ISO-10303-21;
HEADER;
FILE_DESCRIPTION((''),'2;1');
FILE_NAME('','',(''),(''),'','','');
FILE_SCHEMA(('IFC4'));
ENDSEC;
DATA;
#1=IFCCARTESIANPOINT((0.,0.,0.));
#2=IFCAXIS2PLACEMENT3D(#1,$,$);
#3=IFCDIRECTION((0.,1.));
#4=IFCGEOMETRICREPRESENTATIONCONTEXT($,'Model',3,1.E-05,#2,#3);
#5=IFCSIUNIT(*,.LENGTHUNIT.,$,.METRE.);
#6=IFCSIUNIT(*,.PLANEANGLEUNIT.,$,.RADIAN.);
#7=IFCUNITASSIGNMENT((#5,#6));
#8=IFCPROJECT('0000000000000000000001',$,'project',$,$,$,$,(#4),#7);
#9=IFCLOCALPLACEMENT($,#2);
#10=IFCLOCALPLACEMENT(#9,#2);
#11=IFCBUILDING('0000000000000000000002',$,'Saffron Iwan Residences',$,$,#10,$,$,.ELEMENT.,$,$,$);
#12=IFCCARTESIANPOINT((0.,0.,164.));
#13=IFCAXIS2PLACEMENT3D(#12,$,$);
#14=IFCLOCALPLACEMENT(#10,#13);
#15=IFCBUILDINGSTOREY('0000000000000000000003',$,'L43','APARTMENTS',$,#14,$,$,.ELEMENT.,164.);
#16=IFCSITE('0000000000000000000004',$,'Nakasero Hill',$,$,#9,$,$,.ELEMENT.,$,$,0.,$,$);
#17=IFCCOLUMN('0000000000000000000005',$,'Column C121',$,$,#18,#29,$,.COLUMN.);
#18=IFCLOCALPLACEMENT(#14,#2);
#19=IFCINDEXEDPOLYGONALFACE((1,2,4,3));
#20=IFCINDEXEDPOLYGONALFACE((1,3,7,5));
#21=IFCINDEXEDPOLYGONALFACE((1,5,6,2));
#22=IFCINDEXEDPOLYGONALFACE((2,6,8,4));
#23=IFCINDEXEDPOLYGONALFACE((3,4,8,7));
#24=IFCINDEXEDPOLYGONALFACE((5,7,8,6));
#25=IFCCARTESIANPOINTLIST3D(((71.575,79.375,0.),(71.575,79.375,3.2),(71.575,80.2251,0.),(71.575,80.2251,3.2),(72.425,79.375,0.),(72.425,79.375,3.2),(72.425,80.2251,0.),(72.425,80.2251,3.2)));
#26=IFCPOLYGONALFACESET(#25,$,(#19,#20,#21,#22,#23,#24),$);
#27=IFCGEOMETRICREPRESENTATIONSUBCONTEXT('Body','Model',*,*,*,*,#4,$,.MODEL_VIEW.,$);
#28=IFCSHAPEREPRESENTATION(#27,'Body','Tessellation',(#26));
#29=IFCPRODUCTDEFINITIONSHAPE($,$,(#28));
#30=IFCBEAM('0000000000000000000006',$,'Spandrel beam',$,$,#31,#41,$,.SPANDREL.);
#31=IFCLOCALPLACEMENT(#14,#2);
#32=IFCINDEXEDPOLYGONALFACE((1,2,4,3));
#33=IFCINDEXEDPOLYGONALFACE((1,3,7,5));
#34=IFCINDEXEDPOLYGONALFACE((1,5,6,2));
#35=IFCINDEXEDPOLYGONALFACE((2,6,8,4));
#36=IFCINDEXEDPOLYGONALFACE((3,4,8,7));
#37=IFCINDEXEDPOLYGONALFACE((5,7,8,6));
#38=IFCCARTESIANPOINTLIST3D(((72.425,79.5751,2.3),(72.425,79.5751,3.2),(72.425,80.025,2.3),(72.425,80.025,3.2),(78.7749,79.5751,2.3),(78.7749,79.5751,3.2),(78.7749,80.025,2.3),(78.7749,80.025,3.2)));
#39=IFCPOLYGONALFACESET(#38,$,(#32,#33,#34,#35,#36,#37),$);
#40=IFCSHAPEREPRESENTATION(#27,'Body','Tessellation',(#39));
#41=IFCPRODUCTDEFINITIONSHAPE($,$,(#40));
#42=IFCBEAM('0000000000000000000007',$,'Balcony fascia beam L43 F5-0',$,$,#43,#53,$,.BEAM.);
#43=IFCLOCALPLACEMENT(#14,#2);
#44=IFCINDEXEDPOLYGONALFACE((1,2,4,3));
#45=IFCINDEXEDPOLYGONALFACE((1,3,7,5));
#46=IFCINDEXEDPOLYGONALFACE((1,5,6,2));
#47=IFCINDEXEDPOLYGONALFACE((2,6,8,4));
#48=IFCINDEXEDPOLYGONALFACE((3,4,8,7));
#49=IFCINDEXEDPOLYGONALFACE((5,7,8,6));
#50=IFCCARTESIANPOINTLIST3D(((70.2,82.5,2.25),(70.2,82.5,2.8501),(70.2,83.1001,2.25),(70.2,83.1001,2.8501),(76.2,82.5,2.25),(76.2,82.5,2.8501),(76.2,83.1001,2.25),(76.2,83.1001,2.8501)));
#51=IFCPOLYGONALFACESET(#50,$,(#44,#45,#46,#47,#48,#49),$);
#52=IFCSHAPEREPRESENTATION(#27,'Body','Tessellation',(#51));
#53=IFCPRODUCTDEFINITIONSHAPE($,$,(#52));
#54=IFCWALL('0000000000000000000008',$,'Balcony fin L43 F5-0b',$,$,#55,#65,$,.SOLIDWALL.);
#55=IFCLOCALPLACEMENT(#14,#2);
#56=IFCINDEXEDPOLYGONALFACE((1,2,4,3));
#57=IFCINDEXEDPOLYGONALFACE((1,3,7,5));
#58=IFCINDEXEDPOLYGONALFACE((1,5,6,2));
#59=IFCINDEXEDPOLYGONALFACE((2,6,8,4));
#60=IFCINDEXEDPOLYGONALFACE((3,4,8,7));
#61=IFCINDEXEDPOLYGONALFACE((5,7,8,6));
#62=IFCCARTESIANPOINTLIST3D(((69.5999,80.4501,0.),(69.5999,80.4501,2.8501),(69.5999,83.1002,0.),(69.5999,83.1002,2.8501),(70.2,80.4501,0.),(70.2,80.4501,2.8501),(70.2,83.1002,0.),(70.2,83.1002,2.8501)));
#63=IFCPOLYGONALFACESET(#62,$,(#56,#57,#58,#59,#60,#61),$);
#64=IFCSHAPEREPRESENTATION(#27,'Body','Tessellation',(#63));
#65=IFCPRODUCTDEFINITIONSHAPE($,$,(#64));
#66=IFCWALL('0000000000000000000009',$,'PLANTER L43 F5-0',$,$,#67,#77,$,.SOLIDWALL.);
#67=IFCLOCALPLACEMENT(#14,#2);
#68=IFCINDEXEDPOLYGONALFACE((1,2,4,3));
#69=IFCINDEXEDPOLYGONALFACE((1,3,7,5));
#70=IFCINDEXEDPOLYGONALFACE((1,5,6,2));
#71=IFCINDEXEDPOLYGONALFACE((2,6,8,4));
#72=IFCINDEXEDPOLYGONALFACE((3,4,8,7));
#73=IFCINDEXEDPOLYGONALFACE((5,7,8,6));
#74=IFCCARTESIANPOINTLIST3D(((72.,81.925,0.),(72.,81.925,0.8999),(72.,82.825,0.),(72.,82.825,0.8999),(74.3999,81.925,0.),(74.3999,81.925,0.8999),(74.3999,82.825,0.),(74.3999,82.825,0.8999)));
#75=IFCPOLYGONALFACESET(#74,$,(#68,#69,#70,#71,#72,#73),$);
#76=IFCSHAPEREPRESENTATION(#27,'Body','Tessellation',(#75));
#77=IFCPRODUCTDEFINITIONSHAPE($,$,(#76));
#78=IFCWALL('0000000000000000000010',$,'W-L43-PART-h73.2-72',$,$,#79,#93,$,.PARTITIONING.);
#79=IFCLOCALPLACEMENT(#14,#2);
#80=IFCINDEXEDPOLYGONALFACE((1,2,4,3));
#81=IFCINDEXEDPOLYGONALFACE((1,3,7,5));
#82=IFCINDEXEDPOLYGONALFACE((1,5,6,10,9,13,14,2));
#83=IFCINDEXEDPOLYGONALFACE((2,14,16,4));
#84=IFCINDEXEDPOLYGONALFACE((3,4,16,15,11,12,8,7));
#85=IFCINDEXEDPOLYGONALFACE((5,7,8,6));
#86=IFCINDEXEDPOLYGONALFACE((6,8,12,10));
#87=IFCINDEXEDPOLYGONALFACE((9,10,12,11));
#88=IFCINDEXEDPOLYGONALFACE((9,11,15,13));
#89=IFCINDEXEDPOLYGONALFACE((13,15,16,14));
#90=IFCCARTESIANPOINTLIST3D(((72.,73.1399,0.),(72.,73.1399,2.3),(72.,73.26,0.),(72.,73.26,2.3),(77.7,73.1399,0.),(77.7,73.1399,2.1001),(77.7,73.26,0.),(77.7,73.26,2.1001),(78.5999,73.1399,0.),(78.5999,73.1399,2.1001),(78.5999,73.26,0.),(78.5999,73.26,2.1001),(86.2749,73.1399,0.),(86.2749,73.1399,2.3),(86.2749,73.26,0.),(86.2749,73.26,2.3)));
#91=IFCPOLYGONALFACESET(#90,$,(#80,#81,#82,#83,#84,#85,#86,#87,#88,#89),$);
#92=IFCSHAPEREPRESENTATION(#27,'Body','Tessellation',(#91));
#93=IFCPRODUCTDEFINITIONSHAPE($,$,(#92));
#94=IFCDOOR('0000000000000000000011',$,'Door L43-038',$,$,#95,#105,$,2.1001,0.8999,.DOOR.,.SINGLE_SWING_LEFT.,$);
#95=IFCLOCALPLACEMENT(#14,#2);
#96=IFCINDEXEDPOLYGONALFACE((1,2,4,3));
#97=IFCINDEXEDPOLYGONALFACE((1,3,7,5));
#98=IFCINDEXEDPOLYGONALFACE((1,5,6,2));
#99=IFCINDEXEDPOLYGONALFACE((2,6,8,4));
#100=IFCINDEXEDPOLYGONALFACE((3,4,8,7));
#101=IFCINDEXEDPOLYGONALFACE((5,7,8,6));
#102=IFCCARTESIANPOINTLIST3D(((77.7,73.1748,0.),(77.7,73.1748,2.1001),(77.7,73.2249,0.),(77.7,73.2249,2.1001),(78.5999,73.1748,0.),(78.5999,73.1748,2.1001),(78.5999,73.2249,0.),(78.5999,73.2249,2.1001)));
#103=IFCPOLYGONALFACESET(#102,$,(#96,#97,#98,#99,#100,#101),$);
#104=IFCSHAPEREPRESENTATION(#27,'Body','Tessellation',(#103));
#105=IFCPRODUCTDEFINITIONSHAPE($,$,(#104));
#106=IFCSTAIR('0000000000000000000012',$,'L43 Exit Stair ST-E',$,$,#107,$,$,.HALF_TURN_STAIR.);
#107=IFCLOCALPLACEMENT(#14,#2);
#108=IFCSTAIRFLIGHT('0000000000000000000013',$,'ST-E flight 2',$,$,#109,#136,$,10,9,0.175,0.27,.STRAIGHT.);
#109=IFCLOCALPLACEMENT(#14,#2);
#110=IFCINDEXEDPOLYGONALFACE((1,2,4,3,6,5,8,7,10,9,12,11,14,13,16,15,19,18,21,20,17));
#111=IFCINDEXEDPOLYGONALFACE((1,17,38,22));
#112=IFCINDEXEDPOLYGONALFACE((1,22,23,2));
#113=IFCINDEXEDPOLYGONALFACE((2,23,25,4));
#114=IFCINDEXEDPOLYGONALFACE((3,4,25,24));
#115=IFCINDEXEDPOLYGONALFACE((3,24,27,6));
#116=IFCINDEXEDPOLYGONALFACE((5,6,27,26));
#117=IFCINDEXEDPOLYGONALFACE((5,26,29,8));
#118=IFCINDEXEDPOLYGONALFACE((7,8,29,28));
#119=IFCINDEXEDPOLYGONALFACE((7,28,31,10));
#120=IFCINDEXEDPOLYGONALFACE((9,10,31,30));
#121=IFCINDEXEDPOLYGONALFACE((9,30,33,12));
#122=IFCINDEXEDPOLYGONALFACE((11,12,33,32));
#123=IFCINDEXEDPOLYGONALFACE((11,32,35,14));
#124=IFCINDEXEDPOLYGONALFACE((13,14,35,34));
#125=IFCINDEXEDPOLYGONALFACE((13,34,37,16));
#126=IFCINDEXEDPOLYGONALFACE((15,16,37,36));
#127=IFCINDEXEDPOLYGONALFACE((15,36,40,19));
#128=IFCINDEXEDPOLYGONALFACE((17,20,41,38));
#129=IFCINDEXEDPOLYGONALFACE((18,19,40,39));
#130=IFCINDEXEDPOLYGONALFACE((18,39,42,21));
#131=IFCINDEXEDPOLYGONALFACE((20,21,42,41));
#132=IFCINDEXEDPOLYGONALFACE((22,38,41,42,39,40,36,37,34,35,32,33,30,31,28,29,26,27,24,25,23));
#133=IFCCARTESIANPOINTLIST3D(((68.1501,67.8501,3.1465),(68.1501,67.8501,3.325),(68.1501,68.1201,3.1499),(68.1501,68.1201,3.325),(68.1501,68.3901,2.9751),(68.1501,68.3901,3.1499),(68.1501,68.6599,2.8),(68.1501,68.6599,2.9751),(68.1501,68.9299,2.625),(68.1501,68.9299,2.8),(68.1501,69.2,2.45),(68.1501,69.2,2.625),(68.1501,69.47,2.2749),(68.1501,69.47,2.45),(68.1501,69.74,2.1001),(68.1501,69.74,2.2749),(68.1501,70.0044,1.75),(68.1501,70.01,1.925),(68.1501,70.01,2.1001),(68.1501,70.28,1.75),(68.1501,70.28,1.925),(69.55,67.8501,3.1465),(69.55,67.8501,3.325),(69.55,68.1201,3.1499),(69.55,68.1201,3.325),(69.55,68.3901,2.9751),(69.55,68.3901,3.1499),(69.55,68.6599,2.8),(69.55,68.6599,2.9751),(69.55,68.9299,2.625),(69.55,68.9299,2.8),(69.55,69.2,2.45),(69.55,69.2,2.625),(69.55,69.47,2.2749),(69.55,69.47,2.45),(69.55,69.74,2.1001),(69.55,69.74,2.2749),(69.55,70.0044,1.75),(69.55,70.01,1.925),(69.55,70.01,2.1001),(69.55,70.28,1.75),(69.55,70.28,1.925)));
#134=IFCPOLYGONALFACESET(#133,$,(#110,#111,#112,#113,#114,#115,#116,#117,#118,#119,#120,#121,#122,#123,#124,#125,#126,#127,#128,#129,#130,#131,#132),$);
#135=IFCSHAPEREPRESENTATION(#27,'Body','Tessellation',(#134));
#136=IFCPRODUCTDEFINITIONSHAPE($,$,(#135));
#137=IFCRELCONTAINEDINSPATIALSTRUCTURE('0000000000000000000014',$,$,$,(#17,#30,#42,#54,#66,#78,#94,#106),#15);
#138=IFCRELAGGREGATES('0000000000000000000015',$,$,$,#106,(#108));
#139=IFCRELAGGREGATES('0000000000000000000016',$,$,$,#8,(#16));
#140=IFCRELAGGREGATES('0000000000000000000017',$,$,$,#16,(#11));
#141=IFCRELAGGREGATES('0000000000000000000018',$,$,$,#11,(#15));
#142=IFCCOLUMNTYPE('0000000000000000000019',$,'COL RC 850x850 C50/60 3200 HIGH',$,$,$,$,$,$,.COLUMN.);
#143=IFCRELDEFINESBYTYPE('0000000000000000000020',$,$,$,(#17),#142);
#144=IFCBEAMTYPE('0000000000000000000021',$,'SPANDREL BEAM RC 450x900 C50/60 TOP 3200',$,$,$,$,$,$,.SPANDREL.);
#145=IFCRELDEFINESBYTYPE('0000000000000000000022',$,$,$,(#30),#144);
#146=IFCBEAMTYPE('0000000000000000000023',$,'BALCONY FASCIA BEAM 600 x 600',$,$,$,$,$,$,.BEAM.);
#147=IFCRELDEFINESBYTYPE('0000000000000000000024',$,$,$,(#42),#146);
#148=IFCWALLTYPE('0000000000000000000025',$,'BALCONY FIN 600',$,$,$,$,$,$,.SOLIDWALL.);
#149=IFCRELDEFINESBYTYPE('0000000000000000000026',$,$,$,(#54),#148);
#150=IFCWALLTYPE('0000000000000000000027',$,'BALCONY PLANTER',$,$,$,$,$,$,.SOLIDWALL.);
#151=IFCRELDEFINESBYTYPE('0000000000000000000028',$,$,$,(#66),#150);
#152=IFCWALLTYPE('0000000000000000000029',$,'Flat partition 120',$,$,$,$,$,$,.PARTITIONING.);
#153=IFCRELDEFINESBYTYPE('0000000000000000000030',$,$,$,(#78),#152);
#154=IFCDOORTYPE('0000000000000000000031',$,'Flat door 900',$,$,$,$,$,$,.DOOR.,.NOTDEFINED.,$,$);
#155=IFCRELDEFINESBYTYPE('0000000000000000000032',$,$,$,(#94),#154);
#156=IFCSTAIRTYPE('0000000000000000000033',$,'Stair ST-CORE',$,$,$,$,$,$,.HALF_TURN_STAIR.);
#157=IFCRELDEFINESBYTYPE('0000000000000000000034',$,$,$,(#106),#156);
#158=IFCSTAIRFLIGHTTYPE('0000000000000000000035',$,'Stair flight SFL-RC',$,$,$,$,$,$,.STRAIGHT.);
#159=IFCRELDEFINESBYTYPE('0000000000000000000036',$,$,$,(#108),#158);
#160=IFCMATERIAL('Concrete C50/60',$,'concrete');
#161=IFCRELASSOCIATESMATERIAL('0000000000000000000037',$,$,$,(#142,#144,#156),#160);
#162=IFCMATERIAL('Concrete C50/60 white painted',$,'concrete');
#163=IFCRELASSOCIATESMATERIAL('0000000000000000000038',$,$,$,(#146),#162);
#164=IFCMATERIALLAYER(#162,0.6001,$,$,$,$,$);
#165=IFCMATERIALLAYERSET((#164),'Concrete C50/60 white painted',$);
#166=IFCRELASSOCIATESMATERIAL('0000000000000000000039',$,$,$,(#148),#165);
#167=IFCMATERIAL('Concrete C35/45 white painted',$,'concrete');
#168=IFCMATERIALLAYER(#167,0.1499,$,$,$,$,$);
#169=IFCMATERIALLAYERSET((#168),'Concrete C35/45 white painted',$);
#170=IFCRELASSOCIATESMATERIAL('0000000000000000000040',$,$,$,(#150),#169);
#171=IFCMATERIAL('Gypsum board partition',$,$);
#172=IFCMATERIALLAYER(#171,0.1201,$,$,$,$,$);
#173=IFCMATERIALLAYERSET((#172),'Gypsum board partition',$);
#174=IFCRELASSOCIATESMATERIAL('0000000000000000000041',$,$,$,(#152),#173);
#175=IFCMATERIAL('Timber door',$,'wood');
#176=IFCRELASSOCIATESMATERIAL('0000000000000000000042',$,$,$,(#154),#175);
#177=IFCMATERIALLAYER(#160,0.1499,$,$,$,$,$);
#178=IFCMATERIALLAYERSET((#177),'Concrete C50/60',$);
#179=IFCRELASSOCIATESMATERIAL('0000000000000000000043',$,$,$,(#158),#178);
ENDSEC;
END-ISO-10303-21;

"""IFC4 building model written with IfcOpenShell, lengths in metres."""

from ifc_helpers import new_model, si_unit, direction, frame, frame_2d, origin, origin_2d, place, context, subcontext, project, spatial, polyline, rectangle, outline, extrude, source, transform, mapped, material, layer, layer_set, material_profile, profile_set, type_object, element, fill, aggregate, save


model = new_model("IFC4")

# Units and contexts
model_context = context("Model", 3, precision=1e-05, world=origin(), true_north=direction((0.0, 1.0)))
body_context = subcontext(model_context, "Body", "Model", "MODEL_VIEW")
ifc_project = project(units=[si_unit("LENGTHUNIT", "METRE"), si_unit("PLANEANGLEUNIT", "RADIAN")], contexts=[model_context])

# Site, building, storey
site_placement = place(None, origin())
site = spatial("IfcSite", under=ifc_project, at=site_placement, Name="Nakasero Hill", CompositionType="ELEMENT", RefElevation=0.0)
building_placement = place(site_placement, origin())
building = spatial("IfcBuilding", under=site, at=building_placement, Name="Saffron Iwan Residences", CompositionType="ELEMENT")
storey_placement = place(building_placement, frame((0.0, 0.0, 164.0)))
storey = spatial("IfcBuildingStorey", under=building, at=storey_placement, Name="L43", Description="APARTMENTS", CompositionType="ELEMENT", Elevation=164.0)

# Column
ifc_material_1 = material(Name="Concrete C50/60", Category="concrete")
ifc_material_profile_1 = material_profile(ifc_material_1, rectangle(XDim=0.8501, YDim=0.8501, at=origin_2d()), Name="RC 850x850")
ifc_profile_set_1 = profile_set([ifc_material_profile_1], Name="Concrete C50/60")
column_type = type_object("IfcColumnType", Name="COL RC 850x850 C50/60 3200 HIGH", PredefinedType="COLUMN", material=ifc_profile_set_1)
shared_shape_1 = source(origin(), body_context, "Body", "SweptSolid", [
    extrude(rectangle(XDim=0.8501, YDim=0.8501, at=origin_2d()), origin(), (0.0, 0.0, 1.0), 3.2),
])
column_placement = place(storey_placement, frame((72.0, 79.8, 0.0), z_axis=(0.0, 0.0, 1.0), x_axis=(1.0, 0.0, 0.0)))
element("IfcColumn", 1, at=column_placement, inside=storey, type_object=column_type, Name="Column C121", PredefinedType="COLUMN", context=body_context, shape_type="MappedRepresentation", body=[
    mapped(shared_shape_1, transform((0.0, 0.0, 0.0))),
])

# Beams
ifc_material_profile_2 = material_profile(ifc_material_1, rectangle(XDim=0.45, YDim=0.8999, at=origin_2d()), Name="RC 450x900")
ifc_profile_set_2 = profile_set([ifc_material_profile_2], Name="Concrete C50/60")
beam_type_1 = type_object("IfcBeamType", Name="SPANDREL BEAM RC 450x900 C50/60 TOP 3200", PredefinedType="SPANDREL", material=ifc_profile_set_2)
shared_shape_2 = source(origin(), body_context, "Body", "SweptSolid", [
    extrude(rectangle(XDim=0.45, YDim=0.8999, at=origin_2d()), origin(), (0.0, 0.0, 1.0), 6.3499),
])
beam_1_placement = place(storey_placement, frame((72.425, 79.8, 2.75), z_axis=(1.0, 0.0, 0.0), x_axis=(0.0, 1.0, 0.0)))
element("IfcBeam", 2, at=beam_1_placement, inside=storey, type_object=beam_type_1, Name="Spandrel beam", PredefinedType="SPANDREL", context=body_context, shape_type="MappedRepresentation", body=[
    mapped(shared_shape_2, transform((0.0, 0.0, 0.0))),
])
ifc_material_2 = material(Name="Concrete C50/60 white painted", Category="concrete")
ifc_material_profile_3 = material_profile(ifc_material_2, rectangle(XDim=0.6001, YDim=0.6001, at=origin_2d()), Name="BALCONY FASCIA BEAM 600 x 600")
ifc_profile_set_3 = profile_set([ifc_material_profile_3], Name="Concrete C50/60 white painted")
beam_type_2 = type_object("IfcBeamType", Name="BALCONY FASCIA BEAM 600 x 600", PredefinedType="BEAM", material=ifc_profile_set_3)
shared_shape_3 = source(origin(), body_context, "Body", "SweptSolid", [
    extrude(rectangle(XDim=0.6001, YDim=0.6001, at=origin_2d()), origin(), (0.0, 0.0, 1.0), 6.0),
])
beam_2_placement = place(storey_placement, frame((76.2, 82.8, 2.55), z_axis=(-1.0, 0.0, 0.0), x_axis=(0.0, -1.0, 0.0)))
element("IfcBeam", 3, at=beam_2_placement, inside=storey, type_object=beam_type_2, Name="Balcony fascia beam L43 F5-0", PredefinedType="BEAM", context=body_context, shape_type="MappedRepresentation", body=[
    mapped(shared_shape_3, transform((0.0, 0.0, 0.0))),
])

# Walls
ifc_layer_1 = layer(ifc_material_2, 0.6001)
ifc_layer_set_1 = layer_set([ifc_layer_1], Name="Concrete C50/60 white painted")
wall_type_1 = type_object("IfcWallType", Name="BALCONY FIN 600", PredefinedType="SOLIDWALL", material=ifc_layer_set_1)
wall_1_placement = place(storey_placement, frame((69.8999, 80.45, 0.0), z_axis=(0.0, 0.0, 1.0), x_axis=(0.0, 1.0, 0.0)))
element("IfcWall", 4, at=wall_1_placement, inside=storey, type_object=wall_type_1, Name="Balcony fin L43 F5-0b", PredefinedType="SOLIDWALL", context=body_context, shape_type="SweptSolid", body=[
    extrude(rectangle(XDim=2.6501, YDim=0.6001, at=frame_2d((1.3252, 0.0))), origin(), (0.0, 0.0, 1.0), 2.8501),
])
ifc_material_3 = material(Name="Concrete C35/45 white painted", Category="concrete")
ifc_layer_2 = layer(ifc_material_3, 0.1499)
ifc_layer_set_2 = layer_set([ifc_layer_2], Name="Concrete C35/45 white painted")
wall_type_2 = type_object("IfcWallType", Name="BALCONY PLANTER", PredefinedType="SOLIDWALL", material=ifc_layer_set_2)
wall_2_placement = place(storey_placement, frame((74.3999, 82.375, 0.0), z_axis=(0.0, 0.0, 1.0), x_axis=(-1.0, 0.0, 0.0)))
element("IfcWall", 5, at=wall_2_placement, inside=storey, type_object=wall_type_2, Name="PLANTER L43 F5-0", PredefinedType="SOLIDWALL", context=body_context, shape_type="SweptSolid", body=[
    extrude(rectangle(XDim=2.3999, YDim=0.8999, at=frame_2d((1.2, 0.0))), origin(), (0.0, 0.0, 1.0), 0.8999),
])

# Wall, opening, door
ifc_material_4 = material(Name="Gypsum board partition")
ifc_layer_3 = layer(ifc_material_4, 0.1201)
ifc_layer_set_3 = layer_set([ifc_layer_3], Name="Gypsum board partition")
wall_type_3 = type_object("IfcWallType", Name="Flat partition 120", PredefinedType="PARTITIONING", material=ifc_layer_set_3)
wall_3_placement = place(storey_placement, frame((72.0, 73.2, 0.0), z_axis=(0.0, 0.0, 1.0), x_axis=(1.0, 0.0, 0.0)))
wall_3 = element("IfcWall", 6, at=wall_3_placement, inside=storey, type_object=wall_type_3, Name="W-L43-PART-h73.2-72", PredefinedType="PARTITIONING", context=body_context, shape_type="SweptSolid", body=[
    extrude(rectangle(XDim=14.2749, YDim=0.1201, at=frame_2d((7.1375, 0.0))), origin(), (0.0, 0.0, 1.0), 2.3),
])
opening_placement = place(wall_3_placement, frame((5.7, 0.0, 0.0)))
opening = element("IfcOpeningElement", 7, at=opening_placement, cuts=wall_3, PredefinedType="OPENING", context=body_context, shape_type="SweptSolid", body=[
    extrude(rectangle(XDim=0.8999, YDim=2.1001, at=frame_2d((0.45, 1.05))), frame((0.0, 0.0701, 0.0), z_axis=(0.0, -1.0, 0.0), x_axis=(1.0, 0.0, 0.0)), (0.0, 0.0, 1.0), 0.1401),
])
ifc_material_5 = material(Name="Timber door", Category="wood")
door_type = type_object("IfcDoorType", Name="Flat door 900", OperationType="NOTDEFINED", PredefinedType="DOOR", material=ifc_material_5)
door_placement = place(opening_placement, origin())
door = element("IfcDoor", 8, at=door_placement, inside=storey, type_object=door_type, Name="Door L43-038", OperationType="SINGLE_SWING_LEFT", OverallHeight=2.1001, OverallWidth=0.8999, PredefinedType="DOOR", context=body_context, shape_type="SweptSolid", body=[
    extrude(rectangle(XDim=0.8999, YDim=2.1001, at=frame_2d((0.45, 1.05))), frame((0.0, 0.0249, 0.0), z_axis=(0.0, -1.0, 0.0), x_axis=(1.0, 0.0, 0.0)), (0.0, 0.0, 1.0), 0.05),
])
fill(opening, door)

# Stair, stair flight
stair_type = type_object("IfcStairType", Name="Stair ST-CORE", PredefinedType="HALF_TURN_STAIR", material=ifc_material_1)
stair_placement = place(storey_placement, origin())
stair = element("IfcStair", 9, at=stair_placement, inside=storey, type_object=stair_type, Name="L43 Exit Stair ST-E", PredefinedType="HALF_TURN_STAIR")
ifc_layer_4 = layer(ifc_material_1, 0.1499)
ifc_layer_set_4 = layer_set([ifc_layer_4], Name="Concrete C50/60")
stair_flight_type = type_object("IfcStairFlightType", Name="Stair flight SFL-RC", PredefinedType="STRAIGHT", material=ifc_layer_set_4)
stair_flight_placement = place(storey_placement, frame((68.8501, 70.28, 1.75), z_axis=(0.0, 0.0, 1.0), x_axis=(0.0, -1.0, 0.0)))
stair_flight = element("IfcStairFlight", 10, at=stair_flight_placement, type_object=stair_flight_type, Name="ST-E flight 2", NumberOfRisers=10, NumberOfTreads=9, PredefinedType="STRAIGHT", RiserHeight=0.175, TreadLength=0.27, context=body_context, shape_type="SweptSolid", body=[
    extrude(outline(polyline([(0.0, 0.0), (0.0, 0.175), (0.27, 0.175), (0.27, 0.3501), (0.54, 0.3501), (0.54, 0.5249), (0.8101, 0.5249), (0.8101, 0.7), (1.0801, 0.7), (1.0801, 0.875), (1.3501, 0.875), (1.3501, 1.05), (1.6201, 1.05), (1.6201, 1.2251), (1.8899, 1.2251), (1.8899, 1.3999), (2.1599, 1.3999), (2.1599, 1.575), (2.4299, 1.575), (2.4299, 1.75), (2.4299, 1.3965), (0.2756, 0.0), (0.0, 0.0)])), frame((0.0, 0.7, 0.0), z_axis=(0.0, -1.0, 0.0), x_axis=(1.0, 0.0, 0.0)), (0.0, 0.0, 1.0), 1.3999),
])
aggregate(stair, [stair_flight])

save(model, "model.ifc")
